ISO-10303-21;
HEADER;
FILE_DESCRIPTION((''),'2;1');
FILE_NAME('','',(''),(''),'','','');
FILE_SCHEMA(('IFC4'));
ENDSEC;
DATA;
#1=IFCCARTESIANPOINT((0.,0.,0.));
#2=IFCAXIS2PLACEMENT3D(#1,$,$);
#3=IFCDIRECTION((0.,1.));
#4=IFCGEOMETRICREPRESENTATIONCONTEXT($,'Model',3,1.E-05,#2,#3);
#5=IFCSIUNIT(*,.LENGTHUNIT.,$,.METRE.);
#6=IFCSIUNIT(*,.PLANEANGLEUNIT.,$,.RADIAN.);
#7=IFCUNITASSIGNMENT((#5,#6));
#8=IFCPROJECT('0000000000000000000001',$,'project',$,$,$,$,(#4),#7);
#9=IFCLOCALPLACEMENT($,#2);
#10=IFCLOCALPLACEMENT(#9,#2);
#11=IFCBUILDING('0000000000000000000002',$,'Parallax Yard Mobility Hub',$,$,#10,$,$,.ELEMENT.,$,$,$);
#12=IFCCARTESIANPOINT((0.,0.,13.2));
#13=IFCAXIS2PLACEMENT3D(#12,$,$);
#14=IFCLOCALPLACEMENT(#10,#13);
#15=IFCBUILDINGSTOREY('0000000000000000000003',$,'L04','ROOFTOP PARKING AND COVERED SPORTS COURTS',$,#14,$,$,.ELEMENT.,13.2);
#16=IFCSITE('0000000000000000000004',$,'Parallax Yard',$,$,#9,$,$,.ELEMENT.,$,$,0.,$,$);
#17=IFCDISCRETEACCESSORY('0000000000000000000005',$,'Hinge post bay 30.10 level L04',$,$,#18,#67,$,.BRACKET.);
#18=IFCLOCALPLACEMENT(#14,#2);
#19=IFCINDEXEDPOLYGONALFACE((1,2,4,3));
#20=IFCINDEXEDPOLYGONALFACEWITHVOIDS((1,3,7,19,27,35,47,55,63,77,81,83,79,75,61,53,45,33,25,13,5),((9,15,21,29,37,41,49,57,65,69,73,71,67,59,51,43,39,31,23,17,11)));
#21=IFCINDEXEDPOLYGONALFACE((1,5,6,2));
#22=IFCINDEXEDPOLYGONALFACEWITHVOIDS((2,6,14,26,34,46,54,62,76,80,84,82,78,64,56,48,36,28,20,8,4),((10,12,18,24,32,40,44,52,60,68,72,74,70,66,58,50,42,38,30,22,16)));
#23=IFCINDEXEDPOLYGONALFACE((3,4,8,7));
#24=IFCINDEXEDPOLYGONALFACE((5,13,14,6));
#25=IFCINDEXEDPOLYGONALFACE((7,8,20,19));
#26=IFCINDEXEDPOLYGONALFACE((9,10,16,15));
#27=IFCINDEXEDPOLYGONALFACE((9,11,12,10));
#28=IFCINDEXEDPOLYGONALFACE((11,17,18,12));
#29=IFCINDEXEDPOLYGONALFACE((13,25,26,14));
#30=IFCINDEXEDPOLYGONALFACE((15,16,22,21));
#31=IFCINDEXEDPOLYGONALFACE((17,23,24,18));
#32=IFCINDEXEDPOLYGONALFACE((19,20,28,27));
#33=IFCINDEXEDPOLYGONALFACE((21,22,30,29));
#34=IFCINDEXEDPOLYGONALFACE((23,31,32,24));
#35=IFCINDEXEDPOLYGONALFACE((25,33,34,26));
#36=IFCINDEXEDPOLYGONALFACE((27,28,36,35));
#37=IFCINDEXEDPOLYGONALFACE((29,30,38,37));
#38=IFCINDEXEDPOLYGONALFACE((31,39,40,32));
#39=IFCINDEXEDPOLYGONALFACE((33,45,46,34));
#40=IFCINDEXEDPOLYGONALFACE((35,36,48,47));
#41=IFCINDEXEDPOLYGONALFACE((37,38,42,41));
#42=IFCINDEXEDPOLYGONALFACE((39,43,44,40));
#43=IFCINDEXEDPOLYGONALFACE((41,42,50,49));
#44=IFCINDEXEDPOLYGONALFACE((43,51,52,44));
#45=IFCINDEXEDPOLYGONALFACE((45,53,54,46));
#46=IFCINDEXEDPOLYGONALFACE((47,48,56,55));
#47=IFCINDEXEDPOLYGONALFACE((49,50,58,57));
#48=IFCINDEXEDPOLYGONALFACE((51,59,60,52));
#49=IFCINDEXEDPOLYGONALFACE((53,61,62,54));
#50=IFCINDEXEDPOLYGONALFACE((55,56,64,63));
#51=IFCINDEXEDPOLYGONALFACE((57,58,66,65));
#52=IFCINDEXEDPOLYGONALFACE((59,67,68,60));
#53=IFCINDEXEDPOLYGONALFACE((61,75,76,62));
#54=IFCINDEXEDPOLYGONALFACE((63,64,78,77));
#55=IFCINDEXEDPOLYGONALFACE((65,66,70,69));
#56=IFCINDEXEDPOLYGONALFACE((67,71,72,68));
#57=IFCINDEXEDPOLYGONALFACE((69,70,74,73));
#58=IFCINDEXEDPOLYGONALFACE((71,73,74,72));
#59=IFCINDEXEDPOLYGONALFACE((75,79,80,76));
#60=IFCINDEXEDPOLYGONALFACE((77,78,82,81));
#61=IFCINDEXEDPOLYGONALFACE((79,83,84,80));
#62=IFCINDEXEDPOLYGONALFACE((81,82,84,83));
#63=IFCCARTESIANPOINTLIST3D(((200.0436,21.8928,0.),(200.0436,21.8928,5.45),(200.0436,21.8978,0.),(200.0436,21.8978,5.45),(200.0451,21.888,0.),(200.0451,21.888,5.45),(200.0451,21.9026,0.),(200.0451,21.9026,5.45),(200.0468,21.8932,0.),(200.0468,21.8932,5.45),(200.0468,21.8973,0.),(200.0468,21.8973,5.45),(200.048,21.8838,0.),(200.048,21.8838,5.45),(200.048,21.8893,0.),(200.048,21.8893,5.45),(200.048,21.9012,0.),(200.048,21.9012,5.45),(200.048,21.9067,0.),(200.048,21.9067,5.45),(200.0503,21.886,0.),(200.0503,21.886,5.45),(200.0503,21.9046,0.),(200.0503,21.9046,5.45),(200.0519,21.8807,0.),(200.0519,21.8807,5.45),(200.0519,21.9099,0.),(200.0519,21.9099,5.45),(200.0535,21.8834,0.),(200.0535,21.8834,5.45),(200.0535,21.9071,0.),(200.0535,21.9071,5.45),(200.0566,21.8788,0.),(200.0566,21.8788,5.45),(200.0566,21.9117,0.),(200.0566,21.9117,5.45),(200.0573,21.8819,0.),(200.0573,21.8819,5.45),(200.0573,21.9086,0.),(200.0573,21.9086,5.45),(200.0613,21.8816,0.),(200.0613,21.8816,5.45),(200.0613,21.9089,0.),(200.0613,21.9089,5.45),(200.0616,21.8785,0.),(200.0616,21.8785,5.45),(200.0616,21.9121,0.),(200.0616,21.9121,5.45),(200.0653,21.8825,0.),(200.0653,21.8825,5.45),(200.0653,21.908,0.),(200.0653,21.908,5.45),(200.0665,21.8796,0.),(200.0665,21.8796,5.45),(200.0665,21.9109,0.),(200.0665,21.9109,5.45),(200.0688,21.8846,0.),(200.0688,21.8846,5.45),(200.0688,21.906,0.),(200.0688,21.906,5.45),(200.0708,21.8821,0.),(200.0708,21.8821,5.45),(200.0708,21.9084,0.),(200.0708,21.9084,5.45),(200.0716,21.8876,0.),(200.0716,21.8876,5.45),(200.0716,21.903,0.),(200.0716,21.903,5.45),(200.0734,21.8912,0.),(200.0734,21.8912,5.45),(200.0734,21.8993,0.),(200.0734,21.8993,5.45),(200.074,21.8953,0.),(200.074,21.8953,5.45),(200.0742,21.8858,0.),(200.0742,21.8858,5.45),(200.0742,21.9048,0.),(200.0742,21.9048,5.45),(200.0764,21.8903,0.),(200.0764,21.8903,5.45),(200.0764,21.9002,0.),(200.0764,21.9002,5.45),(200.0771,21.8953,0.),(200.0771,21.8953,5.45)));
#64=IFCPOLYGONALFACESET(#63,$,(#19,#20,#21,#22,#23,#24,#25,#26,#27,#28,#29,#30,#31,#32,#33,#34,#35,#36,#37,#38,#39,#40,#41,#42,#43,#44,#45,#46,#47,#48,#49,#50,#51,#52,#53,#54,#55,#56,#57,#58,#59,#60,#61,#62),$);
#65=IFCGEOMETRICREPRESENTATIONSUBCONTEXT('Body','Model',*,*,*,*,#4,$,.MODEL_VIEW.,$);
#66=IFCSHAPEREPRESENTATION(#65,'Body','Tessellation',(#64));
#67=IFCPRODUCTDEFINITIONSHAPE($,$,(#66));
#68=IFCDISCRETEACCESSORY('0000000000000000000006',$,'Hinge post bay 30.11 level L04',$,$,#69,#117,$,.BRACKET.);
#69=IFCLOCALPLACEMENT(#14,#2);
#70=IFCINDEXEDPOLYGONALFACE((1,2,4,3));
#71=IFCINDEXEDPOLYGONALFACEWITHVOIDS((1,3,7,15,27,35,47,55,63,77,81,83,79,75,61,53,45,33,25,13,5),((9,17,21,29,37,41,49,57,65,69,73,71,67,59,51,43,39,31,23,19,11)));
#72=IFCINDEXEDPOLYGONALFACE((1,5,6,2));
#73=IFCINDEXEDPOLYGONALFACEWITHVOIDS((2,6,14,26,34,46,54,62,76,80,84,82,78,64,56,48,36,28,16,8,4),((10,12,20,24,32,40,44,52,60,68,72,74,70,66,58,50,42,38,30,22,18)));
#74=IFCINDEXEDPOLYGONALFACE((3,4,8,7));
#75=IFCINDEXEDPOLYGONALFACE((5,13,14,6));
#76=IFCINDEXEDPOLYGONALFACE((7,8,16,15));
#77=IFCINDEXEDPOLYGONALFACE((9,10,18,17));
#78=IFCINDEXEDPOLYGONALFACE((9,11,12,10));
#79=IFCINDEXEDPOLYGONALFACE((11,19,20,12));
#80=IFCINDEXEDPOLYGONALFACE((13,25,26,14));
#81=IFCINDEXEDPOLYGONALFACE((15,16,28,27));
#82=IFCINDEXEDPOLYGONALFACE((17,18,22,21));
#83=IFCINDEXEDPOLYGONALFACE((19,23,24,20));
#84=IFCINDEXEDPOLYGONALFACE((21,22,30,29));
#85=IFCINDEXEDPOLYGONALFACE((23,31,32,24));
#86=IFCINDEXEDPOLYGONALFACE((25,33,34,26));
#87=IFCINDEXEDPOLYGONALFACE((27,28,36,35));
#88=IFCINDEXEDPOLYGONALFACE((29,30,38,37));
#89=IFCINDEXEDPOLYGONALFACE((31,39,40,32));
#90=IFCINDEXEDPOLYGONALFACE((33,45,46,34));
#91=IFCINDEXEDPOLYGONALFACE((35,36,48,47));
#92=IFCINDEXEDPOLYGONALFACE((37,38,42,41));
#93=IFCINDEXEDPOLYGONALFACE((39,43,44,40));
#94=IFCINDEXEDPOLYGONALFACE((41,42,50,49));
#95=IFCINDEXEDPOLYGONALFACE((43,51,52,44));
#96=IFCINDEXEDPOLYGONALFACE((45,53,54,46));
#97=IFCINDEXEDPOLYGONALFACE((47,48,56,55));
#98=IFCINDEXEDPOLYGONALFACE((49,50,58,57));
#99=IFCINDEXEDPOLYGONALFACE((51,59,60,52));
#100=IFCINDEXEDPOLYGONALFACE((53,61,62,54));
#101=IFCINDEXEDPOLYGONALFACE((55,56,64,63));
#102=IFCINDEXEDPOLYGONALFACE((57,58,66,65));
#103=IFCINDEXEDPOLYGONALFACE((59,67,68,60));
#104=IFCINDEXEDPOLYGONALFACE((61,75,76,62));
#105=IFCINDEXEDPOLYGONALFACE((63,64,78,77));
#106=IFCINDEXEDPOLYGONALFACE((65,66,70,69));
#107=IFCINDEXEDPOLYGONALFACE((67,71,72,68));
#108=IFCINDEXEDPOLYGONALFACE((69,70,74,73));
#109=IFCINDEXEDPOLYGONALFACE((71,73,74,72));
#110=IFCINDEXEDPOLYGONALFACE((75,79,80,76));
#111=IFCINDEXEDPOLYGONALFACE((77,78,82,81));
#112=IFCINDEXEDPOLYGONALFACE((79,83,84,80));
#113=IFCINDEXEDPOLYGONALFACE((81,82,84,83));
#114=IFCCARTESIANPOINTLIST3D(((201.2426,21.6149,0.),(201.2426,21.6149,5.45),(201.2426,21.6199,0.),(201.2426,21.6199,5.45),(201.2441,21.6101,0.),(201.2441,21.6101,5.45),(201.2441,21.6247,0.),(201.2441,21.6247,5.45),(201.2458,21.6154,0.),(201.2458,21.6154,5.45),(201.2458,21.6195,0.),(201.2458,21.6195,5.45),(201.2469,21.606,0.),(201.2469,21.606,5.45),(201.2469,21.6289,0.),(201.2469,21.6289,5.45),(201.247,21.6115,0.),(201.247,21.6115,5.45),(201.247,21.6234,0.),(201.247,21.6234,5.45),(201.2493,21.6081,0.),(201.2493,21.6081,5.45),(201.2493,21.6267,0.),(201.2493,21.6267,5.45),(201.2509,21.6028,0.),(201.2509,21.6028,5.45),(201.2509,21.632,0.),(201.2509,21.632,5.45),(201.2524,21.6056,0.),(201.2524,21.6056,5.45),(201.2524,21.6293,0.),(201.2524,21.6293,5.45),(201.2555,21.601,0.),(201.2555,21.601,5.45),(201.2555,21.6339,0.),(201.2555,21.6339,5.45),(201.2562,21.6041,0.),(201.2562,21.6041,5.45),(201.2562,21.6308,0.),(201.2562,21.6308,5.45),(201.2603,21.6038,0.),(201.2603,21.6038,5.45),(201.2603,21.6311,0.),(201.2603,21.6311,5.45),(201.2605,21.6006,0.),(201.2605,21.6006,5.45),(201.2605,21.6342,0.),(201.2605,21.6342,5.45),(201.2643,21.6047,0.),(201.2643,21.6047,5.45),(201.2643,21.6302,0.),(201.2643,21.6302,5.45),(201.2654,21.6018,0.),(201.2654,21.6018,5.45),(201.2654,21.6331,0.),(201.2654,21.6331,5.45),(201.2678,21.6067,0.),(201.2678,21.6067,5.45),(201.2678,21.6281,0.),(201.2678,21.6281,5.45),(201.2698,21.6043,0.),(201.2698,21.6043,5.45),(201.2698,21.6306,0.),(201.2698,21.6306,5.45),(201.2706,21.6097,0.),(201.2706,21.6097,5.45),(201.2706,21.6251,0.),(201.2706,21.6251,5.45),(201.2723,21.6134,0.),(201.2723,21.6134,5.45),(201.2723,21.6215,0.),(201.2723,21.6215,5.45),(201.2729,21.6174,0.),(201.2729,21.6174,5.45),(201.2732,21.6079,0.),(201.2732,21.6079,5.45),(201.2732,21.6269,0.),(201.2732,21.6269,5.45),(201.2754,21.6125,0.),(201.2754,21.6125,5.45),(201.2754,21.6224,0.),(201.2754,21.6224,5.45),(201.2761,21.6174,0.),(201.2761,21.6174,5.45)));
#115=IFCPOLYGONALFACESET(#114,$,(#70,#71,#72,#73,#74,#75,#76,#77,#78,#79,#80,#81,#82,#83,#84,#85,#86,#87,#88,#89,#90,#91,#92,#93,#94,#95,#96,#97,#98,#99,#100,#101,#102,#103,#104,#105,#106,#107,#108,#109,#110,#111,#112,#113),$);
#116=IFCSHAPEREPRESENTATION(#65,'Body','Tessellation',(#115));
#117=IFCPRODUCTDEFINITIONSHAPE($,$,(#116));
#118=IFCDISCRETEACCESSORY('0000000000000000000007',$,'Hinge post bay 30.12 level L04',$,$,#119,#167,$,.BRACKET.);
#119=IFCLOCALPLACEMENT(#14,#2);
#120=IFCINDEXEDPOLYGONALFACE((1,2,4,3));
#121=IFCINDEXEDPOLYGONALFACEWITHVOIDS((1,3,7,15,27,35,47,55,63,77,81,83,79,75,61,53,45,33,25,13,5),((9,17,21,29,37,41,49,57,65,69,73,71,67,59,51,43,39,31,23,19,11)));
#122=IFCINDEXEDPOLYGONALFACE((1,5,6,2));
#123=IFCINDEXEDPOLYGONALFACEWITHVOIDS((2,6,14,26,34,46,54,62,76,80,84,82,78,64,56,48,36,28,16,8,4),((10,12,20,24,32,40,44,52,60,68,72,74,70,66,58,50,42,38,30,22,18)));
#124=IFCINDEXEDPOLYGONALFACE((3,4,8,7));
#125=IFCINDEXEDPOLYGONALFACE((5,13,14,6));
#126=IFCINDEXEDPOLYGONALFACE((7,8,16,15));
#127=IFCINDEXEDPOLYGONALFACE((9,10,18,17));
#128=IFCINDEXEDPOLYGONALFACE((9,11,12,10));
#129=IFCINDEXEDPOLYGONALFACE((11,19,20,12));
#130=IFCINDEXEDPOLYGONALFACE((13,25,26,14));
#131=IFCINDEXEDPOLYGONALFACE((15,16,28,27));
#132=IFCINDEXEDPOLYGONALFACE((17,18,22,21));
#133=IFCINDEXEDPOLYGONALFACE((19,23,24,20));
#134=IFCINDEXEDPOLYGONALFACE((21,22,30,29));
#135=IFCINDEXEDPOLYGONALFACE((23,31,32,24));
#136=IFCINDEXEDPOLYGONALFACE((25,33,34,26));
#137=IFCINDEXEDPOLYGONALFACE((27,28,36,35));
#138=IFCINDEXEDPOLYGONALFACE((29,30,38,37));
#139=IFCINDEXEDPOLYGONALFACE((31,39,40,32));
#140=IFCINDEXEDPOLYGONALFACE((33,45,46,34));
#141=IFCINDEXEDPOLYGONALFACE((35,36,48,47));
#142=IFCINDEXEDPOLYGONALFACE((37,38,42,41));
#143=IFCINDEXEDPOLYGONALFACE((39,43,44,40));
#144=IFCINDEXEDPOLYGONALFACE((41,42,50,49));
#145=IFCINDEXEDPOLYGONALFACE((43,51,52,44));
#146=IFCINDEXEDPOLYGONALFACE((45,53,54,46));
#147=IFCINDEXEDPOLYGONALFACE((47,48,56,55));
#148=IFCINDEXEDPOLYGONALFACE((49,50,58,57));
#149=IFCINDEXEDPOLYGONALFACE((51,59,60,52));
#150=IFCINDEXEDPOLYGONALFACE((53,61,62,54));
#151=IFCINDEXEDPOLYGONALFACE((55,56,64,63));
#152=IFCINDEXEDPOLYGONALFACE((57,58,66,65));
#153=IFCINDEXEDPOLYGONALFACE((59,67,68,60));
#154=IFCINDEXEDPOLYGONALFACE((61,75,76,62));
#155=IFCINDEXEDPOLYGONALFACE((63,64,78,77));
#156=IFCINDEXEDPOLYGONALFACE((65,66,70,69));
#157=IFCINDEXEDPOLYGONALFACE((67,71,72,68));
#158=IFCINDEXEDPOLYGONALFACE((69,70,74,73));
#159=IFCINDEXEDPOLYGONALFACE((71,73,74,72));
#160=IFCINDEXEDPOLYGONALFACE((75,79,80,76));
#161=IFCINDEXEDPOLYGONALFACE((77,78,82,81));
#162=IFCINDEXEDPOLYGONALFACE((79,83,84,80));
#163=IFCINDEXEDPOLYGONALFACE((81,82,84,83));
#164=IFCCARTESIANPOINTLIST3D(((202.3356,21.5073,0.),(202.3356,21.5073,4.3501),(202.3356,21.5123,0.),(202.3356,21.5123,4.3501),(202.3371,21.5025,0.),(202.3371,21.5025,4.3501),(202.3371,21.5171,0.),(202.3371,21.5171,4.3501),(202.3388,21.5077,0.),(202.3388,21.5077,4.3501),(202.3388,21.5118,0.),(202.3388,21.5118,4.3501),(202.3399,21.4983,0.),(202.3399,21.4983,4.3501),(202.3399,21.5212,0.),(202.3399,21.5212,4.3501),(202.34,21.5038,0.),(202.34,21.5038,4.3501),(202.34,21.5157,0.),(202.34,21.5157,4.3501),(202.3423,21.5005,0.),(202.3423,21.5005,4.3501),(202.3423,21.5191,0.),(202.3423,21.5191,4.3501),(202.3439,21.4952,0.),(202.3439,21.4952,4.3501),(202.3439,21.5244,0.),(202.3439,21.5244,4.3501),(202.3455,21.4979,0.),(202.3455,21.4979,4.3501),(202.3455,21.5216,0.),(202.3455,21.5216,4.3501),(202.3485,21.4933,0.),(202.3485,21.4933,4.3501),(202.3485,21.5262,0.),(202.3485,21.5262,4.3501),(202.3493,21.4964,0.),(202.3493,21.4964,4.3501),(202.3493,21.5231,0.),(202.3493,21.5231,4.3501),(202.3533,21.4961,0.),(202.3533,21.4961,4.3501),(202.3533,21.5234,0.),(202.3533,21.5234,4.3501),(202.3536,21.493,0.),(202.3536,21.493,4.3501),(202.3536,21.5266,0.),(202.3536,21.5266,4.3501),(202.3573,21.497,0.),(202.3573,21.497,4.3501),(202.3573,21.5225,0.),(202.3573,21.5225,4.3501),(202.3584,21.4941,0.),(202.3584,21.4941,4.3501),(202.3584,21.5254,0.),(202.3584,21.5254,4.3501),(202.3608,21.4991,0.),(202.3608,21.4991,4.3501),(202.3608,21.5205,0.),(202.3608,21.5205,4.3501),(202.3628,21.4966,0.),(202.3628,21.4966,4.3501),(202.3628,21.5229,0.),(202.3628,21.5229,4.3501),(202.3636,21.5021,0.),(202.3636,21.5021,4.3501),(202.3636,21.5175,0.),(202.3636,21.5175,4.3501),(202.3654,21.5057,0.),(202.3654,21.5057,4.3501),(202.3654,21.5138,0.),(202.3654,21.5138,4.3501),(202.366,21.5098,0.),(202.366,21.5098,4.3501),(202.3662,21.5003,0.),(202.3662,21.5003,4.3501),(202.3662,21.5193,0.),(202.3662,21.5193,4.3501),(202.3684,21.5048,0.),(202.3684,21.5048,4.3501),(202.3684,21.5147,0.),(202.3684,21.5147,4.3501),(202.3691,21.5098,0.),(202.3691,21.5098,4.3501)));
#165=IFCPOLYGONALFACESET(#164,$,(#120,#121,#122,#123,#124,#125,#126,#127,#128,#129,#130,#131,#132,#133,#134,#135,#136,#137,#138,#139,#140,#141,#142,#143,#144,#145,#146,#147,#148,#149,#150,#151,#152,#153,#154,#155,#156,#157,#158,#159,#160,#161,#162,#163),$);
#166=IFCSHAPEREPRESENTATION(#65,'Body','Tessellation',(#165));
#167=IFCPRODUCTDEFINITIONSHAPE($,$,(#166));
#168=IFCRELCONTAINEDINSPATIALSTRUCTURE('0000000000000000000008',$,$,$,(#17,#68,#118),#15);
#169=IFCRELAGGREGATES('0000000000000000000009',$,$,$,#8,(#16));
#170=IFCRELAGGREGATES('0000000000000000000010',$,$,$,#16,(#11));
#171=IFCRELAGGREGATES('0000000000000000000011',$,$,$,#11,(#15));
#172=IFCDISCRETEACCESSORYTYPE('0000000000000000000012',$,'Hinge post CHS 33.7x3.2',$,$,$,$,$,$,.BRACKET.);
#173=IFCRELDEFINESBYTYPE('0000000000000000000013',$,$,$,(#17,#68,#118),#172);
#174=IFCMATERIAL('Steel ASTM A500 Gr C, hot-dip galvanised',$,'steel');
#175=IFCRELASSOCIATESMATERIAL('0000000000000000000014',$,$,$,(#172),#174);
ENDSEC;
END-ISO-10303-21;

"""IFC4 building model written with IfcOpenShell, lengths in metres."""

from ifc_helpers import new_model, si_unit, direction, frame, origin, origin_2d, place, context, subcontext, project, spatial, hollow_circle, extrude, material, material_profile, profile_set, type_object, element, save


model = new_model("IFC4")

# Units and contexts
model_context = context("Model", 3, precision=1e-05, world=origin(), true_north=direction((0.0, 1.0)))
body_context = subcontext(model_context, "Body", "Model", "MODEL_VIEW")
ifc_project = project(units=[si_unit("LENGTHUNIT", "METRE"), si_unit("PLANEANGLEUNIT", "RADIAN")], contexts=[model_context])

# Site, building, storey
site_placement = place(None, origin())
site = spatial("IfcSite", under=ifc_project, at=site_placement, Name="Parallax Yard", CompositionType="ELEMENT", RefElevation=0.0)
building_placement = place(site_placement, origin())
building = spatial("IfcBuilding", under=site, at=building_placement, Name="Parallax Yard Mobility Hub", CompositionType="ELEMENT")
storey_placement = place(building_placement, frame((0.0, 0.0, 13.2)))
storey = spatial("IfcBuildingStorey", under=building, at=storey_placement, Name="L04", Description="ROOFTOP PARKING AND COVERED SPORTS COURTS", CompositionType="ELEMENT", Elevation=13.2)

# Discrete accessories
ifc_material_1 = material(Name="Steel ASTM A500 Gr C, hot-dip galvanised", Category="steel")
ifc_material_profile = material_profile(ifc_material_1, hollow_circle(Radius=0.0168, WallThickness=0.0032, at=origin_2d()), Name="CHS 33.7x3.2")
ifc_profile_set = profile_set([ifc_material_profile], Name="Steel ASTM A500 Gr C, hot-dip galvanised")
discrete_accessory_type_1 = type_object("IfcDiscreteAccessoryType", Name="Hinge post CHS 33.7x3.2", PredefinedType="BRACKET", material=ifc_profile_set)
for number, where, z_axis, x_axis, name in (
    (1, (200.0603, 21.8953, 0.0), (0.0, 0.0, 1.0), (1.0, 0.0, 0.0), "Hinge post bay 30.10 level L04"),
    (2, (201.2593, 21.6174, 0.0), (0.0, 0.0, 1.0), (1.0, 0.0, 0.0), "Hinge post bay 30.11 level L04"),
):
    element("IfcDiscreteAccessory", number, at=place(storey_placement, frame(where, z_axis=z_axis, x_axis=x_axis)), inside=storey, type_object=discrete_accessory_type_1, Name=name, PredefinedType="BRACKET", context=body_context, shape_type="SweptSolid", body=[
        extrude(hollow_circle(Radius=0.0168, WallThickness=0.0032, at=origin_2d()), origin(), (0.0, 0.0, 1.0), 5.45),
    ])
discrete_accessory_1_placement = place(storey_placement, frame((202.3523, 21.5098, 0.0), z_axis=(0.0, 0.0, 1.0), x_axis=(1.0, 0.0, 0.0)))
element("IfcDiscreteAccessory", 3, at=discrete_accessory_1_placement, inside=storey, type_object=discrete_accessory_type_1, Name="Hinge post bay 30.12 level L04", PredefinedType="BRACKET", context=body_context, shape_type="SweptSolid", body=[
    extrude(hollow_circle(Radius=0.0168, WallThickness=0.0032, at=origin_2d()), origin(), (0.0, 0.0, 1.0), 4.3501),
])

save(model, "model.ifc")
